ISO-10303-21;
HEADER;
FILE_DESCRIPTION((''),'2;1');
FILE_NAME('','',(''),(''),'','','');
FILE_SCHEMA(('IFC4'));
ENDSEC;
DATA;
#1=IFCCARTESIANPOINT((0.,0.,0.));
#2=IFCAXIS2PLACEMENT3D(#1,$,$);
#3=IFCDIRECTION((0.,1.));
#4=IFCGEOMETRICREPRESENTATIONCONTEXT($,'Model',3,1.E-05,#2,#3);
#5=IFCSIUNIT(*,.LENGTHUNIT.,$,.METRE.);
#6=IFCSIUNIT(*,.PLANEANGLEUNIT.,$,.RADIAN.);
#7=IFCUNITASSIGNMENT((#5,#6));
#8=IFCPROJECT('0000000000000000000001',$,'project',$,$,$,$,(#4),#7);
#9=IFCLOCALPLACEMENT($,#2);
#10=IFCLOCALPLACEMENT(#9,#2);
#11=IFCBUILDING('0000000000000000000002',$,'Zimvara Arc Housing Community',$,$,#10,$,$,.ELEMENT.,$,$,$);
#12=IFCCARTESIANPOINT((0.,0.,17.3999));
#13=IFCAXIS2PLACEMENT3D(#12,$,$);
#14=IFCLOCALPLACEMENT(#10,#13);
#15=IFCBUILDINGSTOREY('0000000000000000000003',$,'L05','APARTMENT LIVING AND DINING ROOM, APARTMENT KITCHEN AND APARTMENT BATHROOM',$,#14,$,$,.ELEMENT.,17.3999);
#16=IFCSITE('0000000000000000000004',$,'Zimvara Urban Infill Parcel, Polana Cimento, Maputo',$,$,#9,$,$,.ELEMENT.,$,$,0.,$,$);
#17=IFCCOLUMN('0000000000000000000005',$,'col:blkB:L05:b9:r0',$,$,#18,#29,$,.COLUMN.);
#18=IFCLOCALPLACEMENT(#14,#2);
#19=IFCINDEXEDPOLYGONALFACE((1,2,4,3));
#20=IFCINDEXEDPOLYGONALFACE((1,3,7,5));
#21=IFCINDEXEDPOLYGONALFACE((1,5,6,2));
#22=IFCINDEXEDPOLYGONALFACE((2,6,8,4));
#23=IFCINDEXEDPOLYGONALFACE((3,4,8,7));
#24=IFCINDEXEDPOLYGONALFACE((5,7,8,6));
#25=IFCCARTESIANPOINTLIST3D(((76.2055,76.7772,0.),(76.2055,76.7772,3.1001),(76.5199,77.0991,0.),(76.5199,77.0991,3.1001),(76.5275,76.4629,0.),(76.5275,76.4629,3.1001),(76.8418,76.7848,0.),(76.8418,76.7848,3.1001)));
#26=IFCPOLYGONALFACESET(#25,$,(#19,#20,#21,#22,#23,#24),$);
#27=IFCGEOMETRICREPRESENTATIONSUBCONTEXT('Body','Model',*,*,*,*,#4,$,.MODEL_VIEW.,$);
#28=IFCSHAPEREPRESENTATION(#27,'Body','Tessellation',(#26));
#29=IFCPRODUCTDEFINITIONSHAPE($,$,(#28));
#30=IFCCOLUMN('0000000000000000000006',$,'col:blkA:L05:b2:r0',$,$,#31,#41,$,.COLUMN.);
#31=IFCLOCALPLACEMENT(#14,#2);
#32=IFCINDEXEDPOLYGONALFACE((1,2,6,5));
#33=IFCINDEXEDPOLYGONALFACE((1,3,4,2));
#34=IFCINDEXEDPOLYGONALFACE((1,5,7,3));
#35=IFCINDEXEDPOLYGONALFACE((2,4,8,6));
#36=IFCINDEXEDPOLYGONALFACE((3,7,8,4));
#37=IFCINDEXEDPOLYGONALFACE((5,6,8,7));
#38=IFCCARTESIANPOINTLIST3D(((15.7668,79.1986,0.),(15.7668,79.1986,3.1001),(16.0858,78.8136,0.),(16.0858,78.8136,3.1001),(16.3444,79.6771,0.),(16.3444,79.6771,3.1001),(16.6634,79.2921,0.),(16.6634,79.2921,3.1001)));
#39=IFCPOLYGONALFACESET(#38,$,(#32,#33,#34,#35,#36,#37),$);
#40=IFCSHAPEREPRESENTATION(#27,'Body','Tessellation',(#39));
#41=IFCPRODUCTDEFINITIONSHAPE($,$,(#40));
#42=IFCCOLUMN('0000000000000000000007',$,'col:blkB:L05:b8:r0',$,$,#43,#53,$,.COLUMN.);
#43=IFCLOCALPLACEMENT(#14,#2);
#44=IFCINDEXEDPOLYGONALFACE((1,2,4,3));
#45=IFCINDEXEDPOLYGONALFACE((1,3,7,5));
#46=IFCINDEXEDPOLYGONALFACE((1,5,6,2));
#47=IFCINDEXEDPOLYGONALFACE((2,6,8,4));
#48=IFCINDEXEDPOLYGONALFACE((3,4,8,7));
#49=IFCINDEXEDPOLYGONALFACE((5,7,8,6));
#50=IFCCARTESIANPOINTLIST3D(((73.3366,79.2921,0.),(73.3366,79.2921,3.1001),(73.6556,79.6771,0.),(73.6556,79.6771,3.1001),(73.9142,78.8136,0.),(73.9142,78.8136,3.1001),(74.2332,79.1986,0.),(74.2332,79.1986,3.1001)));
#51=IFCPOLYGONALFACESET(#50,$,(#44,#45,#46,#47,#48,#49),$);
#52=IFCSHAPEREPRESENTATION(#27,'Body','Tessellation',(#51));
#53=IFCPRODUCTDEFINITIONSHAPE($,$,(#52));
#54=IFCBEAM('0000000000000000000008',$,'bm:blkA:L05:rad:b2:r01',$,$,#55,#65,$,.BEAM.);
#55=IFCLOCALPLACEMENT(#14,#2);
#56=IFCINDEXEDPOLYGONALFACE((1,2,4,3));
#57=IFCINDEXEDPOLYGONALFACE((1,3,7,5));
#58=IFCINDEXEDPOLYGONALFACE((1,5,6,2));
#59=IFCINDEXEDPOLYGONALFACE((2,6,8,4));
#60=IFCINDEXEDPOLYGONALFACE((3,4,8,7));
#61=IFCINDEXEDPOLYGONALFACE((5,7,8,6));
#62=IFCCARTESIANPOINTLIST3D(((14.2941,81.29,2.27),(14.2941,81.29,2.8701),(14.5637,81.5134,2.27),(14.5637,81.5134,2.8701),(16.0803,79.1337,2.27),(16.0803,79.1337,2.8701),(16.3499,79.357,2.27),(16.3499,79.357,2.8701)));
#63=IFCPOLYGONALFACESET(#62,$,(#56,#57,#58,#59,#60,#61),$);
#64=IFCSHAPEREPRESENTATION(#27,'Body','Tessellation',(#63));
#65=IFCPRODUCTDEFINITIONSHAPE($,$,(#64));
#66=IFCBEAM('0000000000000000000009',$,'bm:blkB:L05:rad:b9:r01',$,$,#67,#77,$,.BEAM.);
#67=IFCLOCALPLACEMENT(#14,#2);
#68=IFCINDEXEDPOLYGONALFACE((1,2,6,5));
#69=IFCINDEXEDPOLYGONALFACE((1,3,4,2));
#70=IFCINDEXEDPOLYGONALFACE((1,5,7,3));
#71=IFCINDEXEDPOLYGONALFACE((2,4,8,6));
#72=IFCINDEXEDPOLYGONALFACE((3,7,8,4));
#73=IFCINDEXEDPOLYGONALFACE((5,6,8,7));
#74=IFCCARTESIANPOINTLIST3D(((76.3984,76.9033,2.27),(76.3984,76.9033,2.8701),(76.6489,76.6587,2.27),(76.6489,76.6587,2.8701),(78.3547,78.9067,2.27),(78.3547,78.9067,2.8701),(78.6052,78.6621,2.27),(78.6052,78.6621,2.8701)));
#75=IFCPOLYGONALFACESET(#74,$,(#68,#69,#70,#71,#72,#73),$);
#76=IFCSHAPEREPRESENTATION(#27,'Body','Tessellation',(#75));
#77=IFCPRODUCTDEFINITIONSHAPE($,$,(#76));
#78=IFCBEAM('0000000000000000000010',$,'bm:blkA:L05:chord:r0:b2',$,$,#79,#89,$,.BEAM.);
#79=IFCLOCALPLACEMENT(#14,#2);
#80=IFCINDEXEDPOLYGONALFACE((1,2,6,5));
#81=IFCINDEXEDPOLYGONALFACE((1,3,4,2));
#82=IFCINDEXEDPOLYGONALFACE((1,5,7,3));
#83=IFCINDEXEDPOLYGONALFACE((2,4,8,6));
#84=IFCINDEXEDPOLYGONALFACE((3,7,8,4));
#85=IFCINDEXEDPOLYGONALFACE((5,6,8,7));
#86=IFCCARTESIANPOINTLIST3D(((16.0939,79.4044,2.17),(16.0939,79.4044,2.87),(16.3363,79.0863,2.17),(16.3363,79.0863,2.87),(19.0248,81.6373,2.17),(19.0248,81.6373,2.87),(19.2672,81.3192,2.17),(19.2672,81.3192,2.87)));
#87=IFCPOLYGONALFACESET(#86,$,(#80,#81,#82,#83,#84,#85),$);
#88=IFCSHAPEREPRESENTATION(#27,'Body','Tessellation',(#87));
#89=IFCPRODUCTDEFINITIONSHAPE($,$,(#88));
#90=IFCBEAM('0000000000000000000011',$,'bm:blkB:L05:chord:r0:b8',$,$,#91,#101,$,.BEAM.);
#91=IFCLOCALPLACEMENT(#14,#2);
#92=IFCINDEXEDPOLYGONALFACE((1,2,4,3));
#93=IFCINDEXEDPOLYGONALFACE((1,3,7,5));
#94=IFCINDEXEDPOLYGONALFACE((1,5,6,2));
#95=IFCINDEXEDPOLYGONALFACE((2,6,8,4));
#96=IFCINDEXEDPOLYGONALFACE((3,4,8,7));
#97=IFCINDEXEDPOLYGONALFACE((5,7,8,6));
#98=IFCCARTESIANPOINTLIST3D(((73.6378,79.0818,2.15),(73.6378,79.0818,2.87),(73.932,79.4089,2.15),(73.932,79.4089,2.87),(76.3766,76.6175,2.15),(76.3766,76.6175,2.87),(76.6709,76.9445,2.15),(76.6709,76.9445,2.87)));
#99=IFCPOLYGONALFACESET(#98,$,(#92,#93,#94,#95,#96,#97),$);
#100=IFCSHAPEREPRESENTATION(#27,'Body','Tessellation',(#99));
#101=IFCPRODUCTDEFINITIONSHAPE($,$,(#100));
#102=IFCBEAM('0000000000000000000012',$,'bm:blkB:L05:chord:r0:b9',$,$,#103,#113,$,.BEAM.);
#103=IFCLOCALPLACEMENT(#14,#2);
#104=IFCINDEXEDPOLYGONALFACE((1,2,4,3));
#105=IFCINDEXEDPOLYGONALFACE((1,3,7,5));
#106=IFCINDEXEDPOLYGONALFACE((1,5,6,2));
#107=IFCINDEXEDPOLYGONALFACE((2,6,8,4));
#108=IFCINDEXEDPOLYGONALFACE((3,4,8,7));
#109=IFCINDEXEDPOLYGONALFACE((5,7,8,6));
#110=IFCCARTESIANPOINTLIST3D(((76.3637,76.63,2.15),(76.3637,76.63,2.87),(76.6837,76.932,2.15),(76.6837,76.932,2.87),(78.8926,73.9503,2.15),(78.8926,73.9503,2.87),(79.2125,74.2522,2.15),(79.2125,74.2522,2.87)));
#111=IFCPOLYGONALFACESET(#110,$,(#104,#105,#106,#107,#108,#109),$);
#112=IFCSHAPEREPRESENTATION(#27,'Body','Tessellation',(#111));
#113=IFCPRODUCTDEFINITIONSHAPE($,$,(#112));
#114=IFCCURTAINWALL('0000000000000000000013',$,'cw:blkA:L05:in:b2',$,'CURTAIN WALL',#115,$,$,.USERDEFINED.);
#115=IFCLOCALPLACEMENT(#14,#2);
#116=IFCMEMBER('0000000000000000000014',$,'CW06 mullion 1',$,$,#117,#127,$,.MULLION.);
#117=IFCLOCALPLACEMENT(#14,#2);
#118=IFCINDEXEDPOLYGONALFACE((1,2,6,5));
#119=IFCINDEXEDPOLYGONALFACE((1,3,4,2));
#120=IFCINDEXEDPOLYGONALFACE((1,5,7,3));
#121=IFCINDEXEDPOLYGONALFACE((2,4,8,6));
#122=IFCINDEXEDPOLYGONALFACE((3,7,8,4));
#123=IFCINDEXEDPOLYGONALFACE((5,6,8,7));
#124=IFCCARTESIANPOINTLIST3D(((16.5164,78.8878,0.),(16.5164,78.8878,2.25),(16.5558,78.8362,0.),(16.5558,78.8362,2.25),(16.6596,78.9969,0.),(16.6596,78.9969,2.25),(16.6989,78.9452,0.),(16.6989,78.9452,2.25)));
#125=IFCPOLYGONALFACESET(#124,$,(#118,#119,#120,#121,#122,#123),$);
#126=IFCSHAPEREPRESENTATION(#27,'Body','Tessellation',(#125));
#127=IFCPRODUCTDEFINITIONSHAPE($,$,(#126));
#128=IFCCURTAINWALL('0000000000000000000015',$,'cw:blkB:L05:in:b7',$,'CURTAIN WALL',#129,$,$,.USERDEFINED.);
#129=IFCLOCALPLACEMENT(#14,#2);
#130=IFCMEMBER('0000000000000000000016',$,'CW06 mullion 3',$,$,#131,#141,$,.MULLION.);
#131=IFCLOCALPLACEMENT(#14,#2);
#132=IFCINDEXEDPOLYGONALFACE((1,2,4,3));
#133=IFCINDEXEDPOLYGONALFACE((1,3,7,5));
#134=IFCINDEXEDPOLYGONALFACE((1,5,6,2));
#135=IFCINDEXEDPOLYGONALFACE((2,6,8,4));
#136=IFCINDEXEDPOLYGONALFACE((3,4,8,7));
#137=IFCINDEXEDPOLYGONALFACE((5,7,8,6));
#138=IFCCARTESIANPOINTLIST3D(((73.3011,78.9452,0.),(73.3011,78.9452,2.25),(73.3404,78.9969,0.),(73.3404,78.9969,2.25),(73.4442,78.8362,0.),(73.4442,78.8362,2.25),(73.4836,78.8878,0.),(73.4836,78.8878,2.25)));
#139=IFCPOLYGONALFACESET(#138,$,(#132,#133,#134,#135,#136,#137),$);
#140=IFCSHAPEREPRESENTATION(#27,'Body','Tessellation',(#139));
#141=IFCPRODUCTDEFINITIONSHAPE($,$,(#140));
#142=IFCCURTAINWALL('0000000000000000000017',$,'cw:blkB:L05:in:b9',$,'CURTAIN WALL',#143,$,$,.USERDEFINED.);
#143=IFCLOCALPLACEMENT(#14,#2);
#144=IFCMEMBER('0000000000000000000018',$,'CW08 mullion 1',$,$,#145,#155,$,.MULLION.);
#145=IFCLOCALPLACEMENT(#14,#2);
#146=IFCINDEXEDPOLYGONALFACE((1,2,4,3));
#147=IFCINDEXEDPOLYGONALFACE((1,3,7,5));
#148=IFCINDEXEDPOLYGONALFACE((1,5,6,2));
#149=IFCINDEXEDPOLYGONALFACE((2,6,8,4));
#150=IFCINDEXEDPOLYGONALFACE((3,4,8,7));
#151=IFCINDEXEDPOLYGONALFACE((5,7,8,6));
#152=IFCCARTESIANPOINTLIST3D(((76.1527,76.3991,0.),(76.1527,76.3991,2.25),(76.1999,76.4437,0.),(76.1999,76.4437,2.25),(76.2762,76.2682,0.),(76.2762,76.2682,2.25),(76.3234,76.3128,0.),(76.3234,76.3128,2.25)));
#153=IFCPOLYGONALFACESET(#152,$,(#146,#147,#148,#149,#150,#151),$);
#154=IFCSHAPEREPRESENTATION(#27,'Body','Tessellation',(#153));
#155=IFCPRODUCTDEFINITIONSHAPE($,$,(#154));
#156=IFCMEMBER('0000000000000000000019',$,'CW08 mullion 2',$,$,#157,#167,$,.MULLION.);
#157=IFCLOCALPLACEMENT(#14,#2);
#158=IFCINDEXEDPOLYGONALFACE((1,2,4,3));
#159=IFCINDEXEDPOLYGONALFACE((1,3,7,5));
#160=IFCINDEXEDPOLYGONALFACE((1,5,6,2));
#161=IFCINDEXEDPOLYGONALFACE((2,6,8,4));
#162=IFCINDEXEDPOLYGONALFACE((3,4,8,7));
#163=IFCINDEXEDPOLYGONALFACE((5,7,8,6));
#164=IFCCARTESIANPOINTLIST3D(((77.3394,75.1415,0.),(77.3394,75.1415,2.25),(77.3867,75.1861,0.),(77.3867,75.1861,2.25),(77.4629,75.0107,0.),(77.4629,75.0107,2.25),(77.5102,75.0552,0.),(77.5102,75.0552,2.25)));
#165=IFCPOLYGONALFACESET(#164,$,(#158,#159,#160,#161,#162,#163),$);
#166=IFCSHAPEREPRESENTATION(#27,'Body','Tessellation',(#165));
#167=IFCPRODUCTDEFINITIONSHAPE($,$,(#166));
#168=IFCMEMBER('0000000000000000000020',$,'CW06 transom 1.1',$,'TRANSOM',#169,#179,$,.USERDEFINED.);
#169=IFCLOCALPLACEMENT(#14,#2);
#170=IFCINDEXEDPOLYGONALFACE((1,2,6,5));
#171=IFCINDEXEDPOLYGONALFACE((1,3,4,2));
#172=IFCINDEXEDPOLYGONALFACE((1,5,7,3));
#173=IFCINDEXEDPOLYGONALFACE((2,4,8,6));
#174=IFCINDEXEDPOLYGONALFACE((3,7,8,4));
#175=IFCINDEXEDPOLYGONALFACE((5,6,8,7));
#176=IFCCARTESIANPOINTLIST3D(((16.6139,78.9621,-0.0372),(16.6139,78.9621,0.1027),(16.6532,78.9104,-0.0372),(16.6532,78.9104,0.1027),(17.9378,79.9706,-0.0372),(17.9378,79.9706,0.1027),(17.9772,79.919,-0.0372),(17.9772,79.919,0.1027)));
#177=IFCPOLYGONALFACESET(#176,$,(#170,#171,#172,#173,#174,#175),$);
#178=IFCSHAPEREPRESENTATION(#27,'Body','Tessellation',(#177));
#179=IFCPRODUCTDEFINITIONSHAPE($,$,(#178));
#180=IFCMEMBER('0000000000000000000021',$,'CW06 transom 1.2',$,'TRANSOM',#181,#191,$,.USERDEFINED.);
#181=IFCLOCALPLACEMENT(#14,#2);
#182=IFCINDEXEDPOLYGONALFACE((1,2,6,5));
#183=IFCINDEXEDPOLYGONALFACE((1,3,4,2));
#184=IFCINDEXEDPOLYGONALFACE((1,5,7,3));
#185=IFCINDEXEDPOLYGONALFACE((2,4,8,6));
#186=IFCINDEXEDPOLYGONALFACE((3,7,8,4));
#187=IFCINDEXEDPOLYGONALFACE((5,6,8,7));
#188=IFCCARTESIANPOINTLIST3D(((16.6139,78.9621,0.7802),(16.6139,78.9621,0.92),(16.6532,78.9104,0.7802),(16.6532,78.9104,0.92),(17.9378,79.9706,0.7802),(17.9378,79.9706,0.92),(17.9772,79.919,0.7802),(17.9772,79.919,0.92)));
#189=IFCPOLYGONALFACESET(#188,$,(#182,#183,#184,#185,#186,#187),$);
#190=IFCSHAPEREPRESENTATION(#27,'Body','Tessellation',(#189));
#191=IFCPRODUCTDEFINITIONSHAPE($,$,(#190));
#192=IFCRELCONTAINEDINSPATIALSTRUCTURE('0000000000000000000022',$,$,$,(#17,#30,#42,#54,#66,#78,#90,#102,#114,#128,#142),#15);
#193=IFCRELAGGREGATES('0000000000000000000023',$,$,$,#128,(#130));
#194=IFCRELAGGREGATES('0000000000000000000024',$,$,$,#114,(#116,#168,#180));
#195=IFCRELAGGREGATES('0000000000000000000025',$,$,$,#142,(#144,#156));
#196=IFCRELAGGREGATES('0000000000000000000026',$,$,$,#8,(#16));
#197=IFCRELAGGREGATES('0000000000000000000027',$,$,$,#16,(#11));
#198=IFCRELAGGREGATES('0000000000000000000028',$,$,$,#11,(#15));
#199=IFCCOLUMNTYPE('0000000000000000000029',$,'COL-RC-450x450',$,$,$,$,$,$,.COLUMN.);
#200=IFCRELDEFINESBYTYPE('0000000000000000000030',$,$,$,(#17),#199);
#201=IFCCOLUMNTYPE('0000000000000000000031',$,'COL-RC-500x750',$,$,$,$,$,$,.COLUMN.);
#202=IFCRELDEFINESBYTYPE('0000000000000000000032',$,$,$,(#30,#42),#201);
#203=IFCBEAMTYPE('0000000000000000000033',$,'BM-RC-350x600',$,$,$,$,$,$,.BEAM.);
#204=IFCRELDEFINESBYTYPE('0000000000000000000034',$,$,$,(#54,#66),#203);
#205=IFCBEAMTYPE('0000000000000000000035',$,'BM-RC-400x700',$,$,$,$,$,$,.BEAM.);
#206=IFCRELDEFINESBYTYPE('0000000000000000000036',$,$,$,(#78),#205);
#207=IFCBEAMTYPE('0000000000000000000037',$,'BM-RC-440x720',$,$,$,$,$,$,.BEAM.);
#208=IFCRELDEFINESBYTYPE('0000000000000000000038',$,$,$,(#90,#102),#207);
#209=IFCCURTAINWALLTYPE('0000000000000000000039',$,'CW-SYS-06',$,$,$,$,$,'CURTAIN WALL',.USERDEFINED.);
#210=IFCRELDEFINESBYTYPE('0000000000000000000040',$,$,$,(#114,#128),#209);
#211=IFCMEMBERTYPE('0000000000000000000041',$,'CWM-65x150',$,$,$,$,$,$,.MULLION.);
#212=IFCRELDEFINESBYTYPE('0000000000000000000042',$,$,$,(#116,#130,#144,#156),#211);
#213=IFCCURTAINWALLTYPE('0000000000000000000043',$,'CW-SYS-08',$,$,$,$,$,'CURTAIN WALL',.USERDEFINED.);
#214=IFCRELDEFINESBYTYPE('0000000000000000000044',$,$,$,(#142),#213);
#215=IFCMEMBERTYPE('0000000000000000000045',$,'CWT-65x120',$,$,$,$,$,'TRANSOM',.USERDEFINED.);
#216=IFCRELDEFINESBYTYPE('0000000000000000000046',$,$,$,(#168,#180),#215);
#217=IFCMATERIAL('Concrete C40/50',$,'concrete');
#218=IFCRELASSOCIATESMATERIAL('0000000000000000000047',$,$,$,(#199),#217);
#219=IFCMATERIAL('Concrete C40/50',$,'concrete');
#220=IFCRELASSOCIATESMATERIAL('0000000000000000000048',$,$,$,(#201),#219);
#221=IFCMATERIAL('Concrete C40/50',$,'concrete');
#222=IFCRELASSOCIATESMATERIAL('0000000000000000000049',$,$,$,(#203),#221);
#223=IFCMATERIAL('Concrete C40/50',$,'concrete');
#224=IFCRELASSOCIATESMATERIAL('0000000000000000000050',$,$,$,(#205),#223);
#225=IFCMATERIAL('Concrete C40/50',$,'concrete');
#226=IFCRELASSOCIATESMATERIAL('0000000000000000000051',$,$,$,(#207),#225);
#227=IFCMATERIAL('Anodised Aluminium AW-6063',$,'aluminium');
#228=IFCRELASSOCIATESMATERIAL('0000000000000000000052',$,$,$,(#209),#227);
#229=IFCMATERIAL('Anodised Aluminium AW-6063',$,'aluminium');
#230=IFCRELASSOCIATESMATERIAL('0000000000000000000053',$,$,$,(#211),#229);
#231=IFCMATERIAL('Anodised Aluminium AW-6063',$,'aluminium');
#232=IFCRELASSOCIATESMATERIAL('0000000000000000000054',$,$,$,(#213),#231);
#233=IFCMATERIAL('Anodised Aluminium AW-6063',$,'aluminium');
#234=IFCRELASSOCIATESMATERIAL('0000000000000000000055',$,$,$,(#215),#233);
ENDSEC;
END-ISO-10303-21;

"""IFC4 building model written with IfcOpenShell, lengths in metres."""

from ifc_helpers import new_model, si_unit, direction, frame, origin, origin_2d, place, context, subcontext, project, spatial, rectangle, extrude, material, material_profile, profile_set, type_object, element, aggregate, save


model = new_model("IFC4")

# Units and contexts
model_context = context("Model", 3, precision=1e-05, world=origin(), true_north=direction((0.0, 1.0)))
body_context = subcontext(model_context, "Body", "Model", "MODEL_VIEW")
ifc_project = project(units=[si_unit("LENGTHUNIT", "METRE"), si_unit("PLANEANGLEUNIT", "RADIAN")], contexts=[model_context])

# Site, building, storey
site_placement = place(None, origin())
site = spatial("IfcSite", under=ifc_project, at=site_placement, Name="Zimvara Urban Infill Parcel, Polana Cimento, Maputo", CompositionType="ELEMENT", RefElevation=0.0)
building_placement = place(site_placement, origin())
building = spatial("IfcBuilding", under=site, at=building_placement, Name="Zimvara Arc Housing Community", CompositionType="ELEMENT")
storey_placement = place(building_placement, frame((0.0, 0.0, 17.3999)))
storey = spatial("IfcBuildingStorey", under=building, at=storey_placement, Name="L05", Description="APARTMENT LIVING AND DINING ROOM, APARTMENT KITCHEN AND APARTMENT BATHROOM", CompositionType="ELEMENT", Elevation=17.3999)

# Columns
ifc_material_1 = material(Name="Concrete C40/50", Category="concrete")
ifc_material_profile_1 = material_profile(ifc_material_1, rectangle(XDim=0.45, YDim=0.45, at=origin_2d()), Name="RC 450x450")
ifc_profile_set_1 = profile_set([ifc_material_profile_1], Name="Concrete C40/50")
column_type_1 = type_object("IfcColumnType", Name="COL-RC-450x450", PredefinedType="COLUMN", material=ifc_profile_set_1)
column_placement = place(storey_placement, frame((76.5237, 76.781, 0.0), z_axis=(0.0, 0.0, 1.0), x_axis=(0.698665, 0.715449, 0.0)))
element("IfcColumn", 1, at=column_placement, inside=storey, type_object=column_type_1, Name="col:blkB:L05:b9:r0", PredefinedType="COLUMN", context=body_context, shape_type="SweptSolid", body=[
    extrude(rectangle(XDim=0.45, YDim=0.45, at=origin_2d()), origin(), (0.0, 0.0, 1.0), 3.1001),
])
ifc_material_2 = material(Name="Concrete C40/50", Category="concrete")
ifc_material_profile_2 = material_profile(ifc_material_2, rectangle(XDim=0.5, YDim=0.75, at=origin_2d()), Name="RC 500x750")
ifc_profile_set_2 = profile_set([ifc_material_profile_2], Name="Concrete C40/50")
column_type_2 = type_object("IfcColumnType", Name="COL-RC-500x750", PredefinedType="COLUMN", material=ifc_profile_set_2)
for number, where, z_axis, x_axis, name in (
    (2, (16.2151, 79.2454, 0.0), (0.0, 0.0, 1.0), (-0.637962, 0.770068, 0.0), "col:blkA:L05:b2:r0"),
    (3, (73.7849, 79.2454, 0.0), (0.0, 0.0, 1.0), (0.637962, 0.770068, 0.0), "col:blkB:L05:b8:r0"),
):
    element("IfcColumn", number, at=place(storey_placement, frame(where, z_axis=z_axis, x_axis=x_axis)), inside=storey, type_object=column_type_2, Name=name, PredefinedType="COLUMN", context=body_context, shape_type="SweptSolid", body=[
        extrude(rectangle(XDim=0.5, YDim=0.75, at=origin_2d()), origin(), (0.0, 0.0, 1.0), 3.1001),
    ])

# Beams
ifc_material_3 = material(Name="Concrete C40/50", Category="concrete")
ifc_material_profile_3 = material_profile(ifc_material_3, rectangle(XDim=0.3501, YDim=0.6001, at=origin_2d()), Name="RC 350x600")
ifc_profile_set_3 = profile_set([ifc_material_profile_3], Name="Concrete C40/50")
beam_type_1 = type_object("IfcBeamType", Name="BM-RC-350x600", PredefinedType="BEAM", material=ifc_profile_set_3)
for number, where, z_axis, x_axis, name in (
    (4, (16.2151, 79.2454, 2.5701), (-0.637917, 0.770105, 0.0), (-0.770105, -0.637917, 0.0), "bm:blkA:L05:rad:b2:r01"),
    (5, (76.5237, 76.781, 2.5701), (0.698643, 0.71547, 0.0), (-0.71547, 0.698643, 0.0), "bm:blkB:L05:rad:b9:r01"),
):
    element("IfcBeam", number, at=place(storey_placement, frame(where, z_axis=z_axis, x_axis=x_axis)), inside=storey, type_object=beam_type_1, Name=name, PredefinedType="BEAM", context=body_context, shape_type="SweptSolid", body=[
        extrude(rectangle(XDim=0.3501, YDim=0.6001, at=origin_2d()), origin(), (0.0, 0.0, 1.0), 2.8),
    ])
ifc_material_4 = material(Name="Concrete C40/50", Category="concrete")
ifc_material_profile_4 = material_profile(ifc_material_4, rectangle(XDim=0.3999, YDim=0.7, at=origin_2d()), Name="RC 400x700")
ifc_profile_set_4 = profile_set([ifc_material_profile_4], Name="Concrete C40/50")
beam_type_2 = type_object("IfcBeamType", Name="BM-RC-400x700", PredefinedType="BEAM", material=ifc_profile_set_4)
beam_1_placement = place(storey_placement, frame((16.2151, 79.2454, 2.52), z_axis=(0.795453, 0.606015, 0.0), x_axis=(-0.606015, 0.795453, 0.0)))
element("IfcBeam", 6, at=beam_1_placement, inside=storey, type_object=beam_type_2, Name="bm:blkA:L05:chord:r0:b2", PredefinedType="BEAM", context=body_context, shape_type="SweptSolid", body=[
    extrude(rectangle(XDim=0.3999, YDim=0.7, at=origin_2d()), origin(), (0.0, 0.0, 1.0), 3.6846),
])
ifc_material_5 = material(Name="Concrete C40/50", Category="concrete")
ifc_material_profile_5 = material_profile(ifc_material_5, rectangle(XDim=0.4399, YDim=0.72, at=origin_2d()), Name="RC 440x720")
ifc_profile_set_5 = profile_set([ifc_material_profile_5], Name="Concrete C40/50")
beam_type_3 = type_object("IfcBeamType", Name="BM-RC-440x720", PredefinedType="BEAM", material=ifc_profile_set_5)
beam_2_placement = place(storey_placement, frame((73.7849, 79.2454, 2.51), z_axis=(0.743367, -0.668884, 0.0), x_axis=(0.668884, 0.743367, 0.0)))
element("IfcBeam", 7, at=beam_2_placement, inside=storey, type_object=beam_type_3, Name="bm:blkB:L05:chord:r0:b8", PredefinedType="BEAM", context=body_context, shape_type="SweptSolid", body=[
    extrude(rectangle(XDim=0.4399, YDim=0.72, at=origin_2d()), origin(), (0.0, 0.0, 1.0), 3.6843),
])
beam_3_placement = place(storey_placement, frame((76.5237, 76.781, 2.51), z_axis=(0.686336, -0.727285, 0.0), x_axis=(0.727285, 0.686336, 0.0)))
element("IfcBeam", 8, at=beam_3_placement, inside=storey, type_object=beam_type_3, Name="bm:blkB:L05:chord:r0:b9", PredefinedType="BEAM", context=body_context, shape_type="SweptSolid", body=[
    extrude(rectangle(XDim=0.4399, YDim=0.72, at=origin_2d()), origin(), (0.0, 0.0, 1.0), 3.6846),
])

# Curtain walls, members
ifc_material_6 = material(Name="Anodised Aluminium AW-6063", Category="aluminium")
curtain_wall_type_1 = type_object("IfcCurtainWallType", Name="CW-SYS-06", ElementType="CURTAIN WALL", PredefinedType="USERDEFINED", material=ifc_material_6)
curtain_wall_1_placement = place(storey_placement, origin())
curtain_wall_1 = element("IfcCurtainWall", 9, at=curtain_wall_1_placement, inside=storey, type_object=curtain_wall_type_1, Name="cw:blkA:L05:in:b2", ObjectType="CURTAIN WALL", PredefinedType="USERDEFINED")
ifc_material_7 = material(Name="Anodised Aluminium AW-6063", Category="aluminium")
ifc_material_profile_6 = material_profile(ifc_material_7, rectangle(XDim=0.0649, YDim=0.1799, at=origin_2d()), Name="ALU 65x180")
ifc_profile_set_6 = profile_set([ifc_material_profile_6], Name="Anodised Aluminium AW-6063")
member_type_1 = type_object("IfcMemberType", Name="CWM-65x150", PredefinedType="MULLION", material=ifc_profile_set_6)
member_1_placement = place(storey_placement, frame((16.6077, 78.9165, 0.0), z_axis=(0.0, 0.0, 1.0), x_axis=(-0.605988, 0.795474, 0.0)))
member_1 = element("IfcMember", 10, at=member_1_placement, type_object=member_type_1, Name="CW06 mullion 1", PredefinedType="MULLION", context=body_context, shape_type="SweptSolid", body=[
    extrude(rectangle(XDim=0.0649, YDim=0.1799, at=origin_2d()), origin(), (0.0, 0.0, 1.0), 2.25),
])
curtain_wall_2_placement = place(storey_placement, origin())
curtain_wall_2 = element("IfcCurtainWall", 11, at=curtain_wall_2_placement, inside=storey, type_object=curtain_wall_type_1, Name="cw:blkB:L05:in:b7", ObjectType="CURTAIN WALL", PredefinedType="USERDEFINED")
member_2_placement = place(storey_placement, frame((73.3923, 78.9165, 0.0), z_axis=(0.0, 0.0, 1.0), x_axis=(0.605988, 0.795474, 0.0)))
member_2 = element("IfcMember", 12, at=member_2_placement, type_object=member_type_1, Name="CW06 mullion 3", PredefinedType="MULLION", context=body_context, shape_type="SweptSolid", body=[
    extrude(rectangle(XDim=0.0649, YDim=0.1799, at=origin_2d()), origin(), (0.0, 0.0, 1.0), 2.25),
])
aggregate(curtain_wall_2, [member_2])

# Curtain wall, members
ifc_material_8 = material(Name="Anodised Aluminium AW-6063", Category="aluminium")
curtain_wall_type_2 = type_object("IfcCurtainWallType", Name="CW-SYS-08", ElementType="CURTAIN WALL", PredefinedType="USERDEFINED", material=ifc_material_8)
curtain_wall_3_placement = place(storey_placement, origin())
curtain_wall_3 = element("IfcCurtainWall", 13, at=curtain_wall_3_placement, inside=storey, type_object=curtain_wall_type_2, Name="cw:blkB:L05:in:b9", ObjectType="CURTAIN WALL", PredefinedType="USERDEFINED")
member_3_placement = place(storey_placement, frame((76.238, 76.356, 0.0), z_axis=(0.0, 0.0, 1.0), x_axis=(0.727293, 0.686327, 0.0)))
member_3 = element("IfcMember", 14, at=member_3_placement, type_object=member_type_1, Name="CW08 mullion 1", PredefinedType="MULLION", context=body_context, shape_type="SweptSolid", body=[
    extrude(rectangle(XDim=0.0649, YDim=0.1799, at=origin_2d()), origin(), (0.0, 0.0, 1.0), 2.25),
])
member_4_placement = place(storey_placement, frame((77.4248, 75.0984, 0.0), z_axis=(0.0, 0.0, 1.0), x_axis=(0.727293, 0.686327, 0.0)))
member_4 = element("IfcMember", 15, at=member_4_placement, type_object=member_type_1, Name="CW08 mullion 2", PredefinedType="MULLION", context=body_context, shape_type="SweptSolid", body=[
    extrude(rectangle(XDim=0.0649, YDim=0.1799, at=origin_2d()), origin(), (0.0, 0.0, 1.0), 2.25),
])

# Members
ifc_material_9 = material(Name="Anodised Aluminium AW-6063", Category="aluminium")
ifc_material_profile_7 = material_profile(ifc_material_9, rectangle(XDim=0.0649, YDim=0.1399, at=origin_2d()), Name="ALU 65x140")
ifc_profile_set_7 = profile_set([ifc_material_profile_7], Name="Anodised Aluminium AW-6063")
member_type_2 = type_object("IfcMemberType", Name="CWT-65x120", ElementType="TRANSOM", PredefinedType="USERDEFINED", material=ifc_profile_set_7)
member_5_placement = place(storey_placement, frame((16.6335, 78.9363, 0.0327), z_axis=(0.795489, 0.605968, 0.0), x_axis=(-0.605968, 0.795489, 0.0)))
member_5 = element("IfcMember", 16, at=member_5_placement, type_object=member_type_2, Name="CW06 transom 1.1", ObjectType="TRANSOM", PredefinedType="USERDEFINED", context=body_context, shape_type="SweptSolid", body=[
    extrude(rectangle(XDim=0.0649, YDim=0.1399, at=origin_2d()), origin(), (0.0, 0.0, 1.0), 1.6643),
])
member_6_placement = place(storey_placement, frame((16.6335, 78.9363, 0.8501), z_axis=(0.795489, 0.605968, 0.0), x_axis=(-0.605968, 0.795489, 0.0)))
member_6 = element("IfcMember", 17, at=member_6_placement, type_object=member_type_2, Name="CW06 transom 1.2", ObjectType="TRANSOM", PredefinedType="USERDEFINED", context=body_context, shape_type="SweptSolid", body=[
    extrude(rectangle(XDim=0.0649, YDim=0.1399, at=origin_2d()), origin(), (0.0, 0.0, 1.0), 1.6643),
])
aggregate(curtain_wall_1, [member_1, member_5, member_6])

aggregate(curtain_wall_3, [member_3, member_4])

save(model, "model.ifc")
